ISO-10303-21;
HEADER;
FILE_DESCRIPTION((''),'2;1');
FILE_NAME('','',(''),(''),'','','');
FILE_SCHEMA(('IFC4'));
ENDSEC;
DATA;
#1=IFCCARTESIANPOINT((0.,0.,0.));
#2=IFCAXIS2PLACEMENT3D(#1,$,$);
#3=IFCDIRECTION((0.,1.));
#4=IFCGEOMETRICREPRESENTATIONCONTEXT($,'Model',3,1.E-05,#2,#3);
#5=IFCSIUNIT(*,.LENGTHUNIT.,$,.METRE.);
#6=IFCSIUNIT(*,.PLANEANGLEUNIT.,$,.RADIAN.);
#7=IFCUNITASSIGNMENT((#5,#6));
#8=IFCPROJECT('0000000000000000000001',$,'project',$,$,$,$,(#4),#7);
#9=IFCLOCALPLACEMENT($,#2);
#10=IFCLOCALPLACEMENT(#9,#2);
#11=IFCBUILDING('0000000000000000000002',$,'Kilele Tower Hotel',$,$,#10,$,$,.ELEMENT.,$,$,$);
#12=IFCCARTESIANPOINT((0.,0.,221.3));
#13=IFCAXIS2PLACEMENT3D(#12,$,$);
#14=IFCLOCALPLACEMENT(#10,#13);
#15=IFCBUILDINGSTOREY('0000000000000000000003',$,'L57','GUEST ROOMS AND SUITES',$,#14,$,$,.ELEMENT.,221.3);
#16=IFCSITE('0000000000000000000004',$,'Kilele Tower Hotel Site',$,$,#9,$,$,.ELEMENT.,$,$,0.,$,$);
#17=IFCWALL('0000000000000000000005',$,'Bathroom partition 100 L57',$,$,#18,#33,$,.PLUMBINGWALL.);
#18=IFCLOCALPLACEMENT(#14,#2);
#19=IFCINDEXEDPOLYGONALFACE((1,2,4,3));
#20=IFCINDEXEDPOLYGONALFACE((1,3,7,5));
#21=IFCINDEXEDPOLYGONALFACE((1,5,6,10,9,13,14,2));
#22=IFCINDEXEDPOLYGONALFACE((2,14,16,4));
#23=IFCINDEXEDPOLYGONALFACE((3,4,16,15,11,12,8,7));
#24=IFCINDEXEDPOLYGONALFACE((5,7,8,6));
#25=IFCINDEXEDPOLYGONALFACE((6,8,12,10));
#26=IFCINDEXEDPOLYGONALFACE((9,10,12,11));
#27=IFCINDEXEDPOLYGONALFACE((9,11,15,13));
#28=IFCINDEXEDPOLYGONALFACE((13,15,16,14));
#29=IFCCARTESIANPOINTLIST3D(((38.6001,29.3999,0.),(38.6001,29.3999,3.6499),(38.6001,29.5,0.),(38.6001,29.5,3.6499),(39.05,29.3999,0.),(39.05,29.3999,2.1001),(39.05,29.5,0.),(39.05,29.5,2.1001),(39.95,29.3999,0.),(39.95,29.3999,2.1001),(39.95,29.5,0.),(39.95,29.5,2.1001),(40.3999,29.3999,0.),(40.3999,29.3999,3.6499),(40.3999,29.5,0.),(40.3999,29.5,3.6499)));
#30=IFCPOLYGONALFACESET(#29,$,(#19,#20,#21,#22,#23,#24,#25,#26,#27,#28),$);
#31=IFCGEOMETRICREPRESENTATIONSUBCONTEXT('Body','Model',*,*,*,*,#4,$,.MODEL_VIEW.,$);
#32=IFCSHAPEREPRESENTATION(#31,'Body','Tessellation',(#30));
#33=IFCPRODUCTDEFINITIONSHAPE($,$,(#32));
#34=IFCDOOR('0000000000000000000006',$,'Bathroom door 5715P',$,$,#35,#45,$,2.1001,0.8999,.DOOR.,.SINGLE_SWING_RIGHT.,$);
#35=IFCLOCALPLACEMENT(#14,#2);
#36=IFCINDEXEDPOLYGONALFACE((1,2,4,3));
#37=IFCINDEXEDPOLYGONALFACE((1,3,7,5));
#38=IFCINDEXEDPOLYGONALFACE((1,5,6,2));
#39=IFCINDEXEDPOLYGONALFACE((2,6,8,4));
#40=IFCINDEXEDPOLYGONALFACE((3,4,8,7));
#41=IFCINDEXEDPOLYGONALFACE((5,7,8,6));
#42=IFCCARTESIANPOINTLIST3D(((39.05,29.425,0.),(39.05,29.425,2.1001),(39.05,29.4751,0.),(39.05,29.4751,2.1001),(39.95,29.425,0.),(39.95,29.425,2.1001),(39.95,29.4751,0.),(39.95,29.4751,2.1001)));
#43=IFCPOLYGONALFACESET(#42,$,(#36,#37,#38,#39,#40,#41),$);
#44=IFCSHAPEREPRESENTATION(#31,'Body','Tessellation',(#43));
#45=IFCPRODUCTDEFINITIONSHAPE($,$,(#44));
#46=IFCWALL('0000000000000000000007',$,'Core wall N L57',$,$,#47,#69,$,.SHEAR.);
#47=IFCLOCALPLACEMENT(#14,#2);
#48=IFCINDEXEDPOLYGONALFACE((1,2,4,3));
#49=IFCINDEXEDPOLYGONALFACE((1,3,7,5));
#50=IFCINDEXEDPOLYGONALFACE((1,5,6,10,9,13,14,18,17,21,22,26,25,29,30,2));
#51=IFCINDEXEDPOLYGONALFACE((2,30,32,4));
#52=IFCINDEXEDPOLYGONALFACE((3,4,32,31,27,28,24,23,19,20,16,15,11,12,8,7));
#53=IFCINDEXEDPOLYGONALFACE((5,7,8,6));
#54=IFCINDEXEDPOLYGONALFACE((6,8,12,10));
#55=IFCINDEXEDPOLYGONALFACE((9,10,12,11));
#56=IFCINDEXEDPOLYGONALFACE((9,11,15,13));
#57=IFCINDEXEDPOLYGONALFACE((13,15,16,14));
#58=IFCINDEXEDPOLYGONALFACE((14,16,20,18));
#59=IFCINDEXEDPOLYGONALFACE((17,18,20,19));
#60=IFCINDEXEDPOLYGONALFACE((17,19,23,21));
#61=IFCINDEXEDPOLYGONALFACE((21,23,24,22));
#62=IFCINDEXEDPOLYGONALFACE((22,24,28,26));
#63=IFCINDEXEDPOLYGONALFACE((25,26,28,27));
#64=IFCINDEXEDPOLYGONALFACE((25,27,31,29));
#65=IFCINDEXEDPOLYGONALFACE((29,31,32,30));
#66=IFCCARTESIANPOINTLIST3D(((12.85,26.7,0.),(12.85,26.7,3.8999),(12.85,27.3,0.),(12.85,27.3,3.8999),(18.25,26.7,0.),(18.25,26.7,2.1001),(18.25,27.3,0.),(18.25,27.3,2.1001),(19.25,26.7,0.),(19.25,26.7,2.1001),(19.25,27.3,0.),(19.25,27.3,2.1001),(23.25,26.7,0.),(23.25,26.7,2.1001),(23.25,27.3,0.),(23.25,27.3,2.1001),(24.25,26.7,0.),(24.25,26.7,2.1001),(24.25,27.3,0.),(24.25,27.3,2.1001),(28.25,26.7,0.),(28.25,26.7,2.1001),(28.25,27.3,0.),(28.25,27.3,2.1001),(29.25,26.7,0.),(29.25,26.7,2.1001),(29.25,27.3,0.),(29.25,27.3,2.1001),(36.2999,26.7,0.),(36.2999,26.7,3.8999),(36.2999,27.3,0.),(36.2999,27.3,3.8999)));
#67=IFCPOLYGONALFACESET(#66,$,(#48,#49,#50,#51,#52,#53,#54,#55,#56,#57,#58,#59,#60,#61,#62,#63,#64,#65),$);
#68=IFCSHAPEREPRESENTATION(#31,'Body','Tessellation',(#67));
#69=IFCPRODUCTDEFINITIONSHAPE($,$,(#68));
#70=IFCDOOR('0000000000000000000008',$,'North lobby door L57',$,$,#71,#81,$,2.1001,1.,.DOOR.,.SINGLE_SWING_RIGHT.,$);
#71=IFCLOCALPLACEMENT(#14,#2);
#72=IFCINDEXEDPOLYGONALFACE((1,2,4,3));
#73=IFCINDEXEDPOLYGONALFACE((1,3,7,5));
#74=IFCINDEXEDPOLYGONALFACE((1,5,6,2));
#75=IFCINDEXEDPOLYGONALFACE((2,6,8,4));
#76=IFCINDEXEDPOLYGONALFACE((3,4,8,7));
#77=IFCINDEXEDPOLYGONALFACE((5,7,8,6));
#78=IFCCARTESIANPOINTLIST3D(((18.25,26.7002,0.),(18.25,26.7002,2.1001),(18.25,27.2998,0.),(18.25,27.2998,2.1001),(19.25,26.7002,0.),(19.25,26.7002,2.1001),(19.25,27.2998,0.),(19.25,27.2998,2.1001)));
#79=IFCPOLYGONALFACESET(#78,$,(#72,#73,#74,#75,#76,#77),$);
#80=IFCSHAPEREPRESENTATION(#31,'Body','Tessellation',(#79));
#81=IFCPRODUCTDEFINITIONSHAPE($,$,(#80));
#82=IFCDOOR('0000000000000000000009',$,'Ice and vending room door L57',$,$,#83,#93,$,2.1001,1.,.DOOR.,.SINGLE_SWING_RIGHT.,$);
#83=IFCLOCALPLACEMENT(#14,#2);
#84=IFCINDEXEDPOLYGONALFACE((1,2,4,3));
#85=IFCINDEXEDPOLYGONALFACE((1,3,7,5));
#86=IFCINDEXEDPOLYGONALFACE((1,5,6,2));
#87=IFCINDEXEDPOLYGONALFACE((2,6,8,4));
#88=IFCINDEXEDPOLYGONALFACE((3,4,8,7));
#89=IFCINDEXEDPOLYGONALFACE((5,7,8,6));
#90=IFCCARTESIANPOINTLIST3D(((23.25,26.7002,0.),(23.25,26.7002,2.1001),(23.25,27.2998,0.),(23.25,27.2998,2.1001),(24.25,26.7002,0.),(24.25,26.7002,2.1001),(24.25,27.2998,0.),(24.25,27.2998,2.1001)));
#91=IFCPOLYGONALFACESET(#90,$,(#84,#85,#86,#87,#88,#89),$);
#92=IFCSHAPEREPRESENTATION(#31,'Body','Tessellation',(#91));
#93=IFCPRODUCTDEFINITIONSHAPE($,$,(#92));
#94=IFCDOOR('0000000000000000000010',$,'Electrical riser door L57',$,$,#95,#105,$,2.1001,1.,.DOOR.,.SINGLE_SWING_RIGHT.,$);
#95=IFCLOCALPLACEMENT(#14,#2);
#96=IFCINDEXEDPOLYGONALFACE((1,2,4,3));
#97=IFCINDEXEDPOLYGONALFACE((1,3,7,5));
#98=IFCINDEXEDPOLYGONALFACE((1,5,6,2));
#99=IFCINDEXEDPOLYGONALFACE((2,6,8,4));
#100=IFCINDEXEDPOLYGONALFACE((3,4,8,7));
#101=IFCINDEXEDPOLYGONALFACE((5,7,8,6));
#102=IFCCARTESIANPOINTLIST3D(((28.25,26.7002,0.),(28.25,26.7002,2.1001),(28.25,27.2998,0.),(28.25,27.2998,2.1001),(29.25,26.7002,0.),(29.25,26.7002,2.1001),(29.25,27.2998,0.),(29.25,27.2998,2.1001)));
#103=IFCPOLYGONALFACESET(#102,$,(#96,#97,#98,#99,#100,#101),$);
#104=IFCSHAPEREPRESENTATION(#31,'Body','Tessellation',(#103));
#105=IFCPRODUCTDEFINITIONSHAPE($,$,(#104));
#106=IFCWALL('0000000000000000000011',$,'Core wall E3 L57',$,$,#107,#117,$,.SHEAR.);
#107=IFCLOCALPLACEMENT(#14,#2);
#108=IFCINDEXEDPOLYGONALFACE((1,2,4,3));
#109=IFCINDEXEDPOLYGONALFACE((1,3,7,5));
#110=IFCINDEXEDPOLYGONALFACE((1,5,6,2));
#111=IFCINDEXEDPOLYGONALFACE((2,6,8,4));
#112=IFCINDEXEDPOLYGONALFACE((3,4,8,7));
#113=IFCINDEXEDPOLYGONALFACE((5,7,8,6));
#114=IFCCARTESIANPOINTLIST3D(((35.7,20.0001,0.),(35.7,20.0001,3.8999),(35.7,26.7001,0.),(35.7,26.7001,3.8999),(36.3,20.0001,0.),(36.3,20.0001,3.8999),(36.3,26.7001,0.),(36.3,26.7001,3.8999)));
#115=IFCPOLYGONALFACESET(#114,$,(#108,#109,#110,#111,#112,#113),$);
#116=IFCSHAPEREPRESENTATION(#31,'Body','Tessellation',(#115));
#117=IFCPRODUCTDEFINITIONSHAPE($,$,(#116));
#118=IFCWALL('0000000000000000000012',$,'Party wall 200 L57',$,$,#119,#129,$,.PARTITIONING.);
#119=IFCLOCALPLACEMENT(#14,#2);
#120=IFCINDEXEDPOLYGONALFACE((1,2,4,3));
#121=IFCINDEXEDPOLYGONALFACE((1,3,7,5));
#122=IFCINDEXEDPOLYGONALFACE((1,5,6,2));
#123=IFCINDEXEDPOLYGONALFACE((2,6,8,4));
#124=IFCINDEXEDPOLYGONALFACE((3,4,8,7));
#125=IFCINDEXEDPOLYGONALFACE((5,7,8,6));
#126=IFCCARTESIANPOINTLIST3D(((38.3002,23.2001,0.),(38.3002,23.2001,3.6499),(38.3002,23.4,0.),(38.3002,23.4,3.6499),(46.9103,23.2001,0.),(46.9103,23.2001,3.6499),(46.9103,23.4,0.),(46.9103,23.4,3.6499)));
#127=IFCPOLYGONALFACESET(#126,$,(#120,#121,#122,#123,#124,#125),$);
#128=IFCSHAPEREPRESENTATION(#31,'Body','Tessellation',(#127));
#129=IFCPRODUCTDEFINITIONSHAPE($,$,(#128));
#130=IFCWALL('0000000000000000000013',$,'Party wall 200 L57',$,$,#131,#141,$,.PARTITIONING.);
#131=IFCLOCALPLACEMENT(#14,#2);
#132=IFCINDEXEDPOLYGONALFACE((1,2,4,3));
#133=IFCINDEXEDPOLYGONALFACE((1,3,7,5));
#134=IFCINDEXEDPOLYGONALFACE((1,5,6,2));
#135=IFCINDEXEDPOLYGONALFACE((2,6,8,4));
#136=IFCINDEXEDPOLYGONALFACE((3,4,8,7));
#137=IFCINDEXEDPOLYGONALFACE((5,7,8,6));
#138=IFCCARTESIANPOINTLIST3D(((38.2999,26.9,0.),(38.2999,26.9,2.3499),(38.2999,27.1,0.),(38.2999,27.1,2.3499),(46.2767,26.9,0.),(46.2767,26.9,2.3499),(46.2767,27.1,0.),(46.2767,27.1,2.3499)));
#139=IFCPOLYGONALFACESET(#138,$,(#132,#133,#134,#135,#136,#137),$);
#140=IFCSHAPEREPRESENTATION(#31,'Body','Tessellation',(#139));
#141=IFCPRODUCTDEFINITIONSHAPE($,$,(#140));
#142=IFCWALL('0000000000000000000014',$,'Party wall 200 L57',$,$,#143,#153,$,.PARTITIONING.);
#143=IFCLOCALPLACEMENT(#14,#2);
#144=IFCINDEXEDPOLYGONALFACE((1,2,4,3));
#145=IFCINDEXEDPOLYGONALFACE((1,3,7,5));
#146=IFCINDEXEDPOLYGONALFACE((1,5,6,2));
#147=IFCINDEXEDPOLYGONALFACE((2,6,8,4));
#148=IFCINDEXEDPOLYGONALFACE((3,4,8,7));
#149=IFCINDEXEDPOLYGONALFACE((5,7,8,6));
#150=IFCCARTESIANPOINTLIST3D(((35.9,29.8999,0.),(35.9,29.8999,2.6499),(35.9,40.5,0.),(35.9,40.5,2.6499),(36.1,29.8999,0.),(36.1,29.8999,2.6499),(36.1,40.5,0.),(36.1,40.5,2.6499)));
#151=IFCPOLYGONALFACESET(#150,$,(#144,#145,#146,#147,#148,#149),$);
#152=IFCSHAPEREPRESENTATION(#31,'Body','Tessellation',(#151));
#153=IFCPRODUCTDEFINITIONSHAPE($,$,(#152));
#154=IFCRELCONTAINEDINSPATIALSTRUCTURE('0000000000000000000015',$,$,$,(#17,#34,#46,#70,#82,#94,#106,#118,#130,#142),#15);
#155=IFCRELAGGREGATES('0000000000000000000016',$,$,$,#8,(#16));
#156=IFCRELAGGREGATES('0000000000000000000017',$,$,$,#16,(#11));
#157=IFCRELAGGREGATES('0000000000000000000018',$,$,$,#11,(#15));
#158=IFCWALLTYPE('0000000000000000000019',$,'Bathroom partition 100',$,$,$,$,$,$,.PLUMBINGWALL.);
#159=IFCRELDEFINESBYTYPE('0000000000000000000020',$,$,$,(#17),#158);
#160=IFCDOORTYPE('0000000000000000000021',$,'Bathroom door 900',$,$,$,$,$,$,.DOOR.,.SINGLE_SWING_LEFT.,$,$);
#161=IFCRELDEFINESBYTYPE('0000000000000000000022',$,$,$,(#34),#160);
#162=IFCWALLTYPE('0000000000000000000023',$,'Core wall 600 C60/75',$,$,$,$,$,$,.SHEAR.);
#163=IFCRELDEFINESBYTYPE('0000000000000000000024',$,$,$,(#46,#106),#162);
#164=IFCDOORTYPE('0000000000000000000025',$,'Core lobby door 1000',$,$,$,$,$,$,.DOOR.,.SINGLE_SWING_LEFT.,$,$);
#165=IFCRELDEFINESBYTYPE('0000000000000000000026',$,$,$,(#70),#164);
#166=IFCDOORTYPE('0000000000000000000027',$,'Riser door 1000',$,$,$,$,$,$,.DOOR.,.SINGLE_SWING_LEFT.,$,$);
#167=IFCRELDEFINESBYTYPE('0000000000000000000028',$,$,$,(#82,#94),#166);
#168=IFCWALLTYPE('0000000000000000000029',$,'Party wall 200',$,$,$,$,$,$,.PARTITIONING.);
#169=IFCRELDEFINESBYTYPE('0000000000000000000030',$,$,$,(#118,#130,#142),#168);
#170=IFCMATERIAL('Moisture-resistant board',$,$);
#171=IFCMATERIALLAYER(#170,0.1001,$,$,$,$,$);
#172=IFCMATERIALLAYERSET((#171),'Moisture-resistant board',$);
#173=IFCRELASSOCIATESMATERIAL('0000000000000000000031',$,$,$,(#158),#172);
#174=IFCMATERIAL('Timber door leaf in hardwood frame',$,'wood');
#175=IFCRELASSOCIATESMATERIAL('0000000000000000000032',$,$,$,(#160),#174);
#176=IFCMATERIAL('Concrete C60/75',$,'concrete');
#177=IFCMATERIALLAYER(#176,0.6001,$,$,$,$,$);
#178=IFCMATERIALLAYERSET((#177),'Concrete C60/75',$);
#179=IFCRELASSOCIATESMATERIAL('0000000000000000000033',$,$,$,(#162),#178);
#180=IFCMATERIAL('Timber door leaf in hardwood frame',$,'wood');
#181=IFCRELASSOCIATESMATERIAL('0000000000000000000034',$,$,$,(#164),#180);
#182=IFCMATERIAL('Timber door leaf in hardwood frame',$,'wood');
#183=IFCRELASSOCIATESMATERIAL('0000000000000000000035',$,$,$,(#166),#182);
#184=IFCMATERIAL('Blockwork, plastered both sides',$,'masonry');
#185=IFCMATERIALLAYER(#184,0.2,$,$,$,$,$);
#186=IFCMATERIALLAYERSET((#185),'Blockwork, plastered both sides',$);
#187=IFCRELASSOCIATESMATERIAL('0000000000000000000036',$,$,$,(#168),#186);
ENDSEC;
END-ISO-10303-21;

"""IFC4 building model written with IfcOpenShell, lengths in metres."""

from ifc_helpers import new_model, si_unit, direction, frame, frame_2d, origin, place, context, subcontext, project, spatial, rectangle, extrude, material, layer, layer_set, type_object, element, fill, save


model = new_model("IFC4")

# Units and contexts
model_context = context("Model", 3, precision=1e-05, world=origin(), true_north=direction((0.0, 1.0)))
body_context = subcontext(model_context, "Body", "Model", "MODEL_VIEW")
ifc_project = project(units=[si_unit("LENGTHUNIT", "METRE"), si_unit("PLANEANGLEUNIT", "RADIAN")], contexts=[model_context])

# Site, building, storey
site_placement = place(None, origin())
site = spatial("IfcSite", under=ifc_project, at=site_placement, Name="Kilele Tower Hotel Site", CompositionType="ELEMENT", RefElevation=0.0)
building_placement = place(site_placement, origin())
building = spatial("IfcBuilding", under=site, at=building_placement, Name="Kilele Tower Hotel", CompositionType="ELEMENT")
storey_placement = place(building_placement, frame((0.0, 0.0, 221.3)))
storey = spatial("IfcBuildingStorey", under=building, at=storey_placement, Name="L57", Description="GUEST ROOMS AND SUITES", CompositionType="ELEMENT", Elevation=221.3)

# Shared definitions
ifc_material_1 = material(Name="Moisture-resistant board")
ifc_layer_1 = layer(ifc_material_1, 0.1001)
ifc_layer_set_1 = layer_set([ifc_layer_1], Name="Moisture-resistant board")
wall_type_1 = type_object("IfcWallType", Name="Bathroom partition 100", PredefinedType="PLUMBINGWALL", material=ifc_layer_set_1)

# Shared definitions
ifc_material_2 = material(Name="Timber door leaf in hardwood frame", Category="wood")
door_type_1 = type_object("IfcDoorType", Name="Bathroom door 900", OperationType="SINGLE_SWING_LEFT", PredefinedType="DOOR", material=ifc_material_2)

# Wall, opening, door
wall_1_placement = place(storey_placement, frame((38.6001, 29.45, 0.0), z_axis=(0.0, 0.0, 1.0), x_axis=(1.0, 0.0, 0.0)))
wall_1 = element("IfcWall", 1, at=wall_1_placement, inside=storey, type_object=wall_type_1, Name="Bathroom partition 100 L57", PredefinedType="PLUMBINGWALL", context=body_context, shape_type="SweptSolid", body=[
    extrude(rectangle(XDim=1.7998, YDim=0.1001, at=frame_2d((0.8999, 0.0))), origin(), (0.0, 0.0, 1.0), 3.6499),
])
opening_1_placement = place(wall_1_placement, frame((1.3499, 0.0, 0.0), z_axis=(0.0, 0.0, 1.0), x_axis=(-1.0, 0.0, 0.0)))
opening_1 = element("IfcOpeningElement", 2, at=opening_1_placement, cuts=wall_1, PredefinedType="OPENING", context=body_context, shape_type="SweptSolid", body=[
    extrude(rectangle(XDim=0.8999, YDim=2.1001, at=frame_2d((0.45, 1.05))), frame((0.0, 0.0601, 0.0), z_axis=(0.0, -1.0, 0.0), x_axis=(1.0, 0.0, 0.0)), (0.0, 0.0, 1.0), 0.1201),
])
door_1_placement = place(opening_1_placement, origin())
door_1 = element("IfcDoor", 3, at=door_1_placement, inside=storey, type_object=door_type_1, Name="Bathroom door 5715P", OperationType="SINGLE_SWING_RIGHT", OverallHeight=2.1001, OverallWidth=0.8999, PredefinedType="DOOR", context=body_context, shape_type="SweptSolid", body=[
    extrude(rectangle(XDim=0.8999, YDim=2.1001, at=frame_2d((0.45, 1.05))), frame((0.0, 0.0249, 0.0), z_axis=(0.0, -1.0, 0.0), x_axis=(1.0, 0.0, 0.0)), (0.0, 0.0, 1.0), 0.05),
])
fill(opening_1, door_1)

# Wall, openings, doors
ifc_material_3 = material(Name="Concrete C60/75", Category="concrete")
ifc_layer_2 = layer(ifc_material_3, 0.6001)
ifc_layer_set_2 = layer_set([ifc_layer_2], Name="Concrete C60/75")
wall_type_2 = type_object("IfcWallType", Name="Core wall 600 C60/75", PredefinedType="SHEAR", material=ifc_layer_set_2)
wall_2_placement = place(storey_placement, frame((36.3, 27.0, 0.0), z_axis=(0.0, 0.0, 1.0), x_axis=(-1.0, 0.0, 0.0)))
wall_2 = element("IfcWall", 4, at=wall_2_placement, inside=storey, type_object=wall_type_2, Name="Core wall N L57", PredefinedType="SHEAR", context=body_context, shape_type="SweptSolid", body=[
    extrude(rectangle(XDim=23.45, YDim=0.6001, at=frame_2d((11.7251, 0.0))), origin(), (0.0, 0.0, 1.0), 3.8999),
])
opening_2_placement = place(wall_2_placement, frame((17.05, 0.0, 0.0)))
opening_2 = element("IfcOpeningElement", 5, at=opening_2_placement, cuts=wall_2, PredefinedType="OPENING", context=body_context, shape_type="SweptSolid", body=[
    extrude(rectangle(XDim=1.0, YDim=2.1001, at=frame_2d((0.5, 1.05))), frame((0.0, 0.3101, 0.0), z_axis=(0.0, -1.0, 0.0), x_axis=(1.0, 0.0, 0.0)), (0.0, 0.0, 1.0), 0.6201),
])
opening_3_placement = place(wall_2_placement, frame((12.05, 0.0, 0.0)))
opening_3 = element("IfcOpeningElement", 6, at=opening_3_placement, cuts=wall_2, PredefinedType="OPENING", context=body_context, shape_type="SweptSolid", body=[
    extrude(rectangle(XDim=1.0, YDim=2.1001, at=frame_2d((0.5, 1.05))), frame((0.0, 0.3101, 0.0), z_axis=(0.0, -1.0, 0.0), x_axis=(1.0, 0.0, 0.0)), (0.0, 0.0, 1.0), 0.6201),
])
opening_4_placement = place(wall_2_placement, frame((7.05, 0.0, 0.0)))
opening_4 = element("IfcOpeningElement", 7, at=opening_4_placement, cuts=wall_2, PredefinedType="OPENING", context=body_context, shape_type="SweptSolid", body=[
    extrude(rectangle(XDim=1.0, YDim=2.1001, at=frame_2d((0.5, 1.05))), frame((0.0, 0.3101, 0.0), z_axis=(0.0, -1.0, 0.0), x_axis=(1.0, 0.0, 0.0)), (0.0, 0.0, 1.0), 0.6201),
])
ifc_material_4 = material(Name="Timber door leaf in hardwood frame", Category="wood")
door_type_2 = type_object("IfcDoorType", Name="Core lobby door 1000", OperationType="SINGLE_SWING_LEFT", PredefinedType="DOOR", material=ifc_material_4)
door_2_placement = place(opening_2_placement, origin())
door_2 = element("IfcDoor", 8, at=door_2_placement, inside=storey, type_object=door_type_2, Name="North lobby door L57", OperationType="SINGLE_SWING_RIGHT", OverallHeight=2.1001, OverallWidth=1.0, PredefinedType="DOOR", context=body_context, shape_type="SweptSolid", body=[
    extrude(rectangle(XDim=1.0, YDim=2.1001, at=frame_2d((0.5, 1.05))), frame((0.0, 0.2998, 0.0), z_axis=(0.0, -1.0, 0.0), x_axis=(1.0, 0.0, 0.0)), (0.0, 0.0, 1.0), 0.5996),
])
fill(opening_2, door_2)
ifc_material_5 = material(Name="Timber door leaf in hardwood frame", Category="wood")
door_type_3 = type_object("IfcDoorType", Name="Riser door 1000", OperationType="SINGLE_SWING_LEFT", PredefinedType="DOOR", material=ifc_material_5)
door_3_placement = place(opening_3_placement, origin())
door_3 = element("IfcDoor", 9, at=door_3_placement, inside=storey, type_object=door_type_3, Name="Ice and vending room door L57", OperationType="SINGLE_SWING_RIGHT", OverallHeight=2.1001, OverallWidth=1.0, PredefinedType="DOOR", context=body_context, shape_type="SweptSolid", body=[
    extrude(rectangle(XDim=1.0, YDim=2.1001, at=frame_2d((0.5, 1.05))), frame((0.0, 0.2998, 0.0), z_axis=(0.0, -1.0, 0.0), x_axis=(1.0, 0.0, 0.0)), (0.0, 0.0, 1.0), 0.5996),
])
fill(opening_3, door_3)
door_4_placement = place(opening_4_placement, origin())
door_4 = element("IfcDoor", 10, at=door_4_placement, inside=storey, type_object=door_type_3, Name="Electrical riser door L57", OperationType="SINGLE_SWING_RIGHT", OverallHeight=2.1001, OverallWidth=1.0, PredefinedType="DOOR", context=body_context, shape_type="SweptSolid", body=[
    extrude(rectangle(XDim=1.0, YDim=2.1001, at=frame_2d((0.5, 1.05))), frame((0.0, 0.2998, 0.0), z_axis=(0.0, -1.0, 0.0), x_axis=(1.0, 0.0, 0.0)), (0.0, 0.0, 1.0), 0.5996),
])
fill(opening_4, door_4)

# Walls
wall_3_placement = place(storey_placement, frame((36.0, 20.0, 0.0), z_axis=(0.0, 0.0, 1.0), x_axis=(0.0, 1.0, 0.0)))
element("IfcWall", 11, at=wall_3_placement, inside=storey, type_object=wall_type_2, Name="Core wall E3 L57", PredefinedType="SHEAR", context=body_context, shape_type="SweptSolid", body=[
    extrude(rectangle(XDim=6.7, YDim=0.6001, at=frame_2d((3.3501, 0.0))), origin(), (0.0, 0.0, 1.0), 3.8999),
])
ifc_material_6 = material(Name="Blockwork, plastered both sides", Category="masonry")
ifc_layer_3 = layer(ifc_material_6, 0.2)
ifc_layer_set_3 = layer_set([ifc_layer_3], Name="Blockwork, plastered both sides")
wall_type_3 = type_object("IfcWallType", Name="Party wall 200", PredefinedType="PARTITIONING", material=ifc_layer_set_3)
wall_4_placement = place(storey_placement, frame((38.3, 23.3, 0.0), z_axis=(0.0, 0.0, 1.0), x_axis=(1.0, 0.0, 0.0)))
element("IfcWall", 12, at=wall_4_placement, inside=storey, type_object=wall_type_3, Name="Party wall 200 L57", PredefinedType="PARTITIONING", context=body_context, shape_type="SweptSolid", body=[
    extrude(rectangle(XDim=8.6101, YDim=0.2, at=frame_2d((4.3052, 0.0))), origin(), (0.0, 0.0, 1.0), 3.6499),
])
wall_5_placement = place(storey_placement, frame((38.3, 27.0, 0.0), z_axis=(0.0, 0.0, 1.0), x_axis=(1.0, 0.0, 0.0)))
element("IfcWall", 13, at=wall_5_placement, inside=storey, type_object=wall_type_3, Name="Party wall 200 L57", PredefinedType="PARTITIONING", context=body_context, shape_type="SweptSolid", body=[
    extrude(rectangle(XDim=7.9768, YDim=0.2, at=frame_2d((3.9883, 0.0))), origin(), (0.0, 0.0, 1.0), 2.3499),
])
wall_6_placement = place(storey_placement, frame((36.0, 29.8999, 0.0), z_axis=(0.0, 0.0, 1.0), x_axis=(0.0, 1.0, 0.0)))
element("IfcWall", 14, at=wall_6_placement, inside=storey, type_object=wall_type_3, Name="Party wall 200 L57", PredefinedType="PARTITIONING", context=body_context, shape_type="SweptSolid", body=[
    extrude(rectangle(XDim=10.6001, YDim=0.2, at=frame_2d((5.3, 0.0))), origin(), (0.0, 0.0, 1.0), 2.6499),
])

save(model, "model.ifc")
